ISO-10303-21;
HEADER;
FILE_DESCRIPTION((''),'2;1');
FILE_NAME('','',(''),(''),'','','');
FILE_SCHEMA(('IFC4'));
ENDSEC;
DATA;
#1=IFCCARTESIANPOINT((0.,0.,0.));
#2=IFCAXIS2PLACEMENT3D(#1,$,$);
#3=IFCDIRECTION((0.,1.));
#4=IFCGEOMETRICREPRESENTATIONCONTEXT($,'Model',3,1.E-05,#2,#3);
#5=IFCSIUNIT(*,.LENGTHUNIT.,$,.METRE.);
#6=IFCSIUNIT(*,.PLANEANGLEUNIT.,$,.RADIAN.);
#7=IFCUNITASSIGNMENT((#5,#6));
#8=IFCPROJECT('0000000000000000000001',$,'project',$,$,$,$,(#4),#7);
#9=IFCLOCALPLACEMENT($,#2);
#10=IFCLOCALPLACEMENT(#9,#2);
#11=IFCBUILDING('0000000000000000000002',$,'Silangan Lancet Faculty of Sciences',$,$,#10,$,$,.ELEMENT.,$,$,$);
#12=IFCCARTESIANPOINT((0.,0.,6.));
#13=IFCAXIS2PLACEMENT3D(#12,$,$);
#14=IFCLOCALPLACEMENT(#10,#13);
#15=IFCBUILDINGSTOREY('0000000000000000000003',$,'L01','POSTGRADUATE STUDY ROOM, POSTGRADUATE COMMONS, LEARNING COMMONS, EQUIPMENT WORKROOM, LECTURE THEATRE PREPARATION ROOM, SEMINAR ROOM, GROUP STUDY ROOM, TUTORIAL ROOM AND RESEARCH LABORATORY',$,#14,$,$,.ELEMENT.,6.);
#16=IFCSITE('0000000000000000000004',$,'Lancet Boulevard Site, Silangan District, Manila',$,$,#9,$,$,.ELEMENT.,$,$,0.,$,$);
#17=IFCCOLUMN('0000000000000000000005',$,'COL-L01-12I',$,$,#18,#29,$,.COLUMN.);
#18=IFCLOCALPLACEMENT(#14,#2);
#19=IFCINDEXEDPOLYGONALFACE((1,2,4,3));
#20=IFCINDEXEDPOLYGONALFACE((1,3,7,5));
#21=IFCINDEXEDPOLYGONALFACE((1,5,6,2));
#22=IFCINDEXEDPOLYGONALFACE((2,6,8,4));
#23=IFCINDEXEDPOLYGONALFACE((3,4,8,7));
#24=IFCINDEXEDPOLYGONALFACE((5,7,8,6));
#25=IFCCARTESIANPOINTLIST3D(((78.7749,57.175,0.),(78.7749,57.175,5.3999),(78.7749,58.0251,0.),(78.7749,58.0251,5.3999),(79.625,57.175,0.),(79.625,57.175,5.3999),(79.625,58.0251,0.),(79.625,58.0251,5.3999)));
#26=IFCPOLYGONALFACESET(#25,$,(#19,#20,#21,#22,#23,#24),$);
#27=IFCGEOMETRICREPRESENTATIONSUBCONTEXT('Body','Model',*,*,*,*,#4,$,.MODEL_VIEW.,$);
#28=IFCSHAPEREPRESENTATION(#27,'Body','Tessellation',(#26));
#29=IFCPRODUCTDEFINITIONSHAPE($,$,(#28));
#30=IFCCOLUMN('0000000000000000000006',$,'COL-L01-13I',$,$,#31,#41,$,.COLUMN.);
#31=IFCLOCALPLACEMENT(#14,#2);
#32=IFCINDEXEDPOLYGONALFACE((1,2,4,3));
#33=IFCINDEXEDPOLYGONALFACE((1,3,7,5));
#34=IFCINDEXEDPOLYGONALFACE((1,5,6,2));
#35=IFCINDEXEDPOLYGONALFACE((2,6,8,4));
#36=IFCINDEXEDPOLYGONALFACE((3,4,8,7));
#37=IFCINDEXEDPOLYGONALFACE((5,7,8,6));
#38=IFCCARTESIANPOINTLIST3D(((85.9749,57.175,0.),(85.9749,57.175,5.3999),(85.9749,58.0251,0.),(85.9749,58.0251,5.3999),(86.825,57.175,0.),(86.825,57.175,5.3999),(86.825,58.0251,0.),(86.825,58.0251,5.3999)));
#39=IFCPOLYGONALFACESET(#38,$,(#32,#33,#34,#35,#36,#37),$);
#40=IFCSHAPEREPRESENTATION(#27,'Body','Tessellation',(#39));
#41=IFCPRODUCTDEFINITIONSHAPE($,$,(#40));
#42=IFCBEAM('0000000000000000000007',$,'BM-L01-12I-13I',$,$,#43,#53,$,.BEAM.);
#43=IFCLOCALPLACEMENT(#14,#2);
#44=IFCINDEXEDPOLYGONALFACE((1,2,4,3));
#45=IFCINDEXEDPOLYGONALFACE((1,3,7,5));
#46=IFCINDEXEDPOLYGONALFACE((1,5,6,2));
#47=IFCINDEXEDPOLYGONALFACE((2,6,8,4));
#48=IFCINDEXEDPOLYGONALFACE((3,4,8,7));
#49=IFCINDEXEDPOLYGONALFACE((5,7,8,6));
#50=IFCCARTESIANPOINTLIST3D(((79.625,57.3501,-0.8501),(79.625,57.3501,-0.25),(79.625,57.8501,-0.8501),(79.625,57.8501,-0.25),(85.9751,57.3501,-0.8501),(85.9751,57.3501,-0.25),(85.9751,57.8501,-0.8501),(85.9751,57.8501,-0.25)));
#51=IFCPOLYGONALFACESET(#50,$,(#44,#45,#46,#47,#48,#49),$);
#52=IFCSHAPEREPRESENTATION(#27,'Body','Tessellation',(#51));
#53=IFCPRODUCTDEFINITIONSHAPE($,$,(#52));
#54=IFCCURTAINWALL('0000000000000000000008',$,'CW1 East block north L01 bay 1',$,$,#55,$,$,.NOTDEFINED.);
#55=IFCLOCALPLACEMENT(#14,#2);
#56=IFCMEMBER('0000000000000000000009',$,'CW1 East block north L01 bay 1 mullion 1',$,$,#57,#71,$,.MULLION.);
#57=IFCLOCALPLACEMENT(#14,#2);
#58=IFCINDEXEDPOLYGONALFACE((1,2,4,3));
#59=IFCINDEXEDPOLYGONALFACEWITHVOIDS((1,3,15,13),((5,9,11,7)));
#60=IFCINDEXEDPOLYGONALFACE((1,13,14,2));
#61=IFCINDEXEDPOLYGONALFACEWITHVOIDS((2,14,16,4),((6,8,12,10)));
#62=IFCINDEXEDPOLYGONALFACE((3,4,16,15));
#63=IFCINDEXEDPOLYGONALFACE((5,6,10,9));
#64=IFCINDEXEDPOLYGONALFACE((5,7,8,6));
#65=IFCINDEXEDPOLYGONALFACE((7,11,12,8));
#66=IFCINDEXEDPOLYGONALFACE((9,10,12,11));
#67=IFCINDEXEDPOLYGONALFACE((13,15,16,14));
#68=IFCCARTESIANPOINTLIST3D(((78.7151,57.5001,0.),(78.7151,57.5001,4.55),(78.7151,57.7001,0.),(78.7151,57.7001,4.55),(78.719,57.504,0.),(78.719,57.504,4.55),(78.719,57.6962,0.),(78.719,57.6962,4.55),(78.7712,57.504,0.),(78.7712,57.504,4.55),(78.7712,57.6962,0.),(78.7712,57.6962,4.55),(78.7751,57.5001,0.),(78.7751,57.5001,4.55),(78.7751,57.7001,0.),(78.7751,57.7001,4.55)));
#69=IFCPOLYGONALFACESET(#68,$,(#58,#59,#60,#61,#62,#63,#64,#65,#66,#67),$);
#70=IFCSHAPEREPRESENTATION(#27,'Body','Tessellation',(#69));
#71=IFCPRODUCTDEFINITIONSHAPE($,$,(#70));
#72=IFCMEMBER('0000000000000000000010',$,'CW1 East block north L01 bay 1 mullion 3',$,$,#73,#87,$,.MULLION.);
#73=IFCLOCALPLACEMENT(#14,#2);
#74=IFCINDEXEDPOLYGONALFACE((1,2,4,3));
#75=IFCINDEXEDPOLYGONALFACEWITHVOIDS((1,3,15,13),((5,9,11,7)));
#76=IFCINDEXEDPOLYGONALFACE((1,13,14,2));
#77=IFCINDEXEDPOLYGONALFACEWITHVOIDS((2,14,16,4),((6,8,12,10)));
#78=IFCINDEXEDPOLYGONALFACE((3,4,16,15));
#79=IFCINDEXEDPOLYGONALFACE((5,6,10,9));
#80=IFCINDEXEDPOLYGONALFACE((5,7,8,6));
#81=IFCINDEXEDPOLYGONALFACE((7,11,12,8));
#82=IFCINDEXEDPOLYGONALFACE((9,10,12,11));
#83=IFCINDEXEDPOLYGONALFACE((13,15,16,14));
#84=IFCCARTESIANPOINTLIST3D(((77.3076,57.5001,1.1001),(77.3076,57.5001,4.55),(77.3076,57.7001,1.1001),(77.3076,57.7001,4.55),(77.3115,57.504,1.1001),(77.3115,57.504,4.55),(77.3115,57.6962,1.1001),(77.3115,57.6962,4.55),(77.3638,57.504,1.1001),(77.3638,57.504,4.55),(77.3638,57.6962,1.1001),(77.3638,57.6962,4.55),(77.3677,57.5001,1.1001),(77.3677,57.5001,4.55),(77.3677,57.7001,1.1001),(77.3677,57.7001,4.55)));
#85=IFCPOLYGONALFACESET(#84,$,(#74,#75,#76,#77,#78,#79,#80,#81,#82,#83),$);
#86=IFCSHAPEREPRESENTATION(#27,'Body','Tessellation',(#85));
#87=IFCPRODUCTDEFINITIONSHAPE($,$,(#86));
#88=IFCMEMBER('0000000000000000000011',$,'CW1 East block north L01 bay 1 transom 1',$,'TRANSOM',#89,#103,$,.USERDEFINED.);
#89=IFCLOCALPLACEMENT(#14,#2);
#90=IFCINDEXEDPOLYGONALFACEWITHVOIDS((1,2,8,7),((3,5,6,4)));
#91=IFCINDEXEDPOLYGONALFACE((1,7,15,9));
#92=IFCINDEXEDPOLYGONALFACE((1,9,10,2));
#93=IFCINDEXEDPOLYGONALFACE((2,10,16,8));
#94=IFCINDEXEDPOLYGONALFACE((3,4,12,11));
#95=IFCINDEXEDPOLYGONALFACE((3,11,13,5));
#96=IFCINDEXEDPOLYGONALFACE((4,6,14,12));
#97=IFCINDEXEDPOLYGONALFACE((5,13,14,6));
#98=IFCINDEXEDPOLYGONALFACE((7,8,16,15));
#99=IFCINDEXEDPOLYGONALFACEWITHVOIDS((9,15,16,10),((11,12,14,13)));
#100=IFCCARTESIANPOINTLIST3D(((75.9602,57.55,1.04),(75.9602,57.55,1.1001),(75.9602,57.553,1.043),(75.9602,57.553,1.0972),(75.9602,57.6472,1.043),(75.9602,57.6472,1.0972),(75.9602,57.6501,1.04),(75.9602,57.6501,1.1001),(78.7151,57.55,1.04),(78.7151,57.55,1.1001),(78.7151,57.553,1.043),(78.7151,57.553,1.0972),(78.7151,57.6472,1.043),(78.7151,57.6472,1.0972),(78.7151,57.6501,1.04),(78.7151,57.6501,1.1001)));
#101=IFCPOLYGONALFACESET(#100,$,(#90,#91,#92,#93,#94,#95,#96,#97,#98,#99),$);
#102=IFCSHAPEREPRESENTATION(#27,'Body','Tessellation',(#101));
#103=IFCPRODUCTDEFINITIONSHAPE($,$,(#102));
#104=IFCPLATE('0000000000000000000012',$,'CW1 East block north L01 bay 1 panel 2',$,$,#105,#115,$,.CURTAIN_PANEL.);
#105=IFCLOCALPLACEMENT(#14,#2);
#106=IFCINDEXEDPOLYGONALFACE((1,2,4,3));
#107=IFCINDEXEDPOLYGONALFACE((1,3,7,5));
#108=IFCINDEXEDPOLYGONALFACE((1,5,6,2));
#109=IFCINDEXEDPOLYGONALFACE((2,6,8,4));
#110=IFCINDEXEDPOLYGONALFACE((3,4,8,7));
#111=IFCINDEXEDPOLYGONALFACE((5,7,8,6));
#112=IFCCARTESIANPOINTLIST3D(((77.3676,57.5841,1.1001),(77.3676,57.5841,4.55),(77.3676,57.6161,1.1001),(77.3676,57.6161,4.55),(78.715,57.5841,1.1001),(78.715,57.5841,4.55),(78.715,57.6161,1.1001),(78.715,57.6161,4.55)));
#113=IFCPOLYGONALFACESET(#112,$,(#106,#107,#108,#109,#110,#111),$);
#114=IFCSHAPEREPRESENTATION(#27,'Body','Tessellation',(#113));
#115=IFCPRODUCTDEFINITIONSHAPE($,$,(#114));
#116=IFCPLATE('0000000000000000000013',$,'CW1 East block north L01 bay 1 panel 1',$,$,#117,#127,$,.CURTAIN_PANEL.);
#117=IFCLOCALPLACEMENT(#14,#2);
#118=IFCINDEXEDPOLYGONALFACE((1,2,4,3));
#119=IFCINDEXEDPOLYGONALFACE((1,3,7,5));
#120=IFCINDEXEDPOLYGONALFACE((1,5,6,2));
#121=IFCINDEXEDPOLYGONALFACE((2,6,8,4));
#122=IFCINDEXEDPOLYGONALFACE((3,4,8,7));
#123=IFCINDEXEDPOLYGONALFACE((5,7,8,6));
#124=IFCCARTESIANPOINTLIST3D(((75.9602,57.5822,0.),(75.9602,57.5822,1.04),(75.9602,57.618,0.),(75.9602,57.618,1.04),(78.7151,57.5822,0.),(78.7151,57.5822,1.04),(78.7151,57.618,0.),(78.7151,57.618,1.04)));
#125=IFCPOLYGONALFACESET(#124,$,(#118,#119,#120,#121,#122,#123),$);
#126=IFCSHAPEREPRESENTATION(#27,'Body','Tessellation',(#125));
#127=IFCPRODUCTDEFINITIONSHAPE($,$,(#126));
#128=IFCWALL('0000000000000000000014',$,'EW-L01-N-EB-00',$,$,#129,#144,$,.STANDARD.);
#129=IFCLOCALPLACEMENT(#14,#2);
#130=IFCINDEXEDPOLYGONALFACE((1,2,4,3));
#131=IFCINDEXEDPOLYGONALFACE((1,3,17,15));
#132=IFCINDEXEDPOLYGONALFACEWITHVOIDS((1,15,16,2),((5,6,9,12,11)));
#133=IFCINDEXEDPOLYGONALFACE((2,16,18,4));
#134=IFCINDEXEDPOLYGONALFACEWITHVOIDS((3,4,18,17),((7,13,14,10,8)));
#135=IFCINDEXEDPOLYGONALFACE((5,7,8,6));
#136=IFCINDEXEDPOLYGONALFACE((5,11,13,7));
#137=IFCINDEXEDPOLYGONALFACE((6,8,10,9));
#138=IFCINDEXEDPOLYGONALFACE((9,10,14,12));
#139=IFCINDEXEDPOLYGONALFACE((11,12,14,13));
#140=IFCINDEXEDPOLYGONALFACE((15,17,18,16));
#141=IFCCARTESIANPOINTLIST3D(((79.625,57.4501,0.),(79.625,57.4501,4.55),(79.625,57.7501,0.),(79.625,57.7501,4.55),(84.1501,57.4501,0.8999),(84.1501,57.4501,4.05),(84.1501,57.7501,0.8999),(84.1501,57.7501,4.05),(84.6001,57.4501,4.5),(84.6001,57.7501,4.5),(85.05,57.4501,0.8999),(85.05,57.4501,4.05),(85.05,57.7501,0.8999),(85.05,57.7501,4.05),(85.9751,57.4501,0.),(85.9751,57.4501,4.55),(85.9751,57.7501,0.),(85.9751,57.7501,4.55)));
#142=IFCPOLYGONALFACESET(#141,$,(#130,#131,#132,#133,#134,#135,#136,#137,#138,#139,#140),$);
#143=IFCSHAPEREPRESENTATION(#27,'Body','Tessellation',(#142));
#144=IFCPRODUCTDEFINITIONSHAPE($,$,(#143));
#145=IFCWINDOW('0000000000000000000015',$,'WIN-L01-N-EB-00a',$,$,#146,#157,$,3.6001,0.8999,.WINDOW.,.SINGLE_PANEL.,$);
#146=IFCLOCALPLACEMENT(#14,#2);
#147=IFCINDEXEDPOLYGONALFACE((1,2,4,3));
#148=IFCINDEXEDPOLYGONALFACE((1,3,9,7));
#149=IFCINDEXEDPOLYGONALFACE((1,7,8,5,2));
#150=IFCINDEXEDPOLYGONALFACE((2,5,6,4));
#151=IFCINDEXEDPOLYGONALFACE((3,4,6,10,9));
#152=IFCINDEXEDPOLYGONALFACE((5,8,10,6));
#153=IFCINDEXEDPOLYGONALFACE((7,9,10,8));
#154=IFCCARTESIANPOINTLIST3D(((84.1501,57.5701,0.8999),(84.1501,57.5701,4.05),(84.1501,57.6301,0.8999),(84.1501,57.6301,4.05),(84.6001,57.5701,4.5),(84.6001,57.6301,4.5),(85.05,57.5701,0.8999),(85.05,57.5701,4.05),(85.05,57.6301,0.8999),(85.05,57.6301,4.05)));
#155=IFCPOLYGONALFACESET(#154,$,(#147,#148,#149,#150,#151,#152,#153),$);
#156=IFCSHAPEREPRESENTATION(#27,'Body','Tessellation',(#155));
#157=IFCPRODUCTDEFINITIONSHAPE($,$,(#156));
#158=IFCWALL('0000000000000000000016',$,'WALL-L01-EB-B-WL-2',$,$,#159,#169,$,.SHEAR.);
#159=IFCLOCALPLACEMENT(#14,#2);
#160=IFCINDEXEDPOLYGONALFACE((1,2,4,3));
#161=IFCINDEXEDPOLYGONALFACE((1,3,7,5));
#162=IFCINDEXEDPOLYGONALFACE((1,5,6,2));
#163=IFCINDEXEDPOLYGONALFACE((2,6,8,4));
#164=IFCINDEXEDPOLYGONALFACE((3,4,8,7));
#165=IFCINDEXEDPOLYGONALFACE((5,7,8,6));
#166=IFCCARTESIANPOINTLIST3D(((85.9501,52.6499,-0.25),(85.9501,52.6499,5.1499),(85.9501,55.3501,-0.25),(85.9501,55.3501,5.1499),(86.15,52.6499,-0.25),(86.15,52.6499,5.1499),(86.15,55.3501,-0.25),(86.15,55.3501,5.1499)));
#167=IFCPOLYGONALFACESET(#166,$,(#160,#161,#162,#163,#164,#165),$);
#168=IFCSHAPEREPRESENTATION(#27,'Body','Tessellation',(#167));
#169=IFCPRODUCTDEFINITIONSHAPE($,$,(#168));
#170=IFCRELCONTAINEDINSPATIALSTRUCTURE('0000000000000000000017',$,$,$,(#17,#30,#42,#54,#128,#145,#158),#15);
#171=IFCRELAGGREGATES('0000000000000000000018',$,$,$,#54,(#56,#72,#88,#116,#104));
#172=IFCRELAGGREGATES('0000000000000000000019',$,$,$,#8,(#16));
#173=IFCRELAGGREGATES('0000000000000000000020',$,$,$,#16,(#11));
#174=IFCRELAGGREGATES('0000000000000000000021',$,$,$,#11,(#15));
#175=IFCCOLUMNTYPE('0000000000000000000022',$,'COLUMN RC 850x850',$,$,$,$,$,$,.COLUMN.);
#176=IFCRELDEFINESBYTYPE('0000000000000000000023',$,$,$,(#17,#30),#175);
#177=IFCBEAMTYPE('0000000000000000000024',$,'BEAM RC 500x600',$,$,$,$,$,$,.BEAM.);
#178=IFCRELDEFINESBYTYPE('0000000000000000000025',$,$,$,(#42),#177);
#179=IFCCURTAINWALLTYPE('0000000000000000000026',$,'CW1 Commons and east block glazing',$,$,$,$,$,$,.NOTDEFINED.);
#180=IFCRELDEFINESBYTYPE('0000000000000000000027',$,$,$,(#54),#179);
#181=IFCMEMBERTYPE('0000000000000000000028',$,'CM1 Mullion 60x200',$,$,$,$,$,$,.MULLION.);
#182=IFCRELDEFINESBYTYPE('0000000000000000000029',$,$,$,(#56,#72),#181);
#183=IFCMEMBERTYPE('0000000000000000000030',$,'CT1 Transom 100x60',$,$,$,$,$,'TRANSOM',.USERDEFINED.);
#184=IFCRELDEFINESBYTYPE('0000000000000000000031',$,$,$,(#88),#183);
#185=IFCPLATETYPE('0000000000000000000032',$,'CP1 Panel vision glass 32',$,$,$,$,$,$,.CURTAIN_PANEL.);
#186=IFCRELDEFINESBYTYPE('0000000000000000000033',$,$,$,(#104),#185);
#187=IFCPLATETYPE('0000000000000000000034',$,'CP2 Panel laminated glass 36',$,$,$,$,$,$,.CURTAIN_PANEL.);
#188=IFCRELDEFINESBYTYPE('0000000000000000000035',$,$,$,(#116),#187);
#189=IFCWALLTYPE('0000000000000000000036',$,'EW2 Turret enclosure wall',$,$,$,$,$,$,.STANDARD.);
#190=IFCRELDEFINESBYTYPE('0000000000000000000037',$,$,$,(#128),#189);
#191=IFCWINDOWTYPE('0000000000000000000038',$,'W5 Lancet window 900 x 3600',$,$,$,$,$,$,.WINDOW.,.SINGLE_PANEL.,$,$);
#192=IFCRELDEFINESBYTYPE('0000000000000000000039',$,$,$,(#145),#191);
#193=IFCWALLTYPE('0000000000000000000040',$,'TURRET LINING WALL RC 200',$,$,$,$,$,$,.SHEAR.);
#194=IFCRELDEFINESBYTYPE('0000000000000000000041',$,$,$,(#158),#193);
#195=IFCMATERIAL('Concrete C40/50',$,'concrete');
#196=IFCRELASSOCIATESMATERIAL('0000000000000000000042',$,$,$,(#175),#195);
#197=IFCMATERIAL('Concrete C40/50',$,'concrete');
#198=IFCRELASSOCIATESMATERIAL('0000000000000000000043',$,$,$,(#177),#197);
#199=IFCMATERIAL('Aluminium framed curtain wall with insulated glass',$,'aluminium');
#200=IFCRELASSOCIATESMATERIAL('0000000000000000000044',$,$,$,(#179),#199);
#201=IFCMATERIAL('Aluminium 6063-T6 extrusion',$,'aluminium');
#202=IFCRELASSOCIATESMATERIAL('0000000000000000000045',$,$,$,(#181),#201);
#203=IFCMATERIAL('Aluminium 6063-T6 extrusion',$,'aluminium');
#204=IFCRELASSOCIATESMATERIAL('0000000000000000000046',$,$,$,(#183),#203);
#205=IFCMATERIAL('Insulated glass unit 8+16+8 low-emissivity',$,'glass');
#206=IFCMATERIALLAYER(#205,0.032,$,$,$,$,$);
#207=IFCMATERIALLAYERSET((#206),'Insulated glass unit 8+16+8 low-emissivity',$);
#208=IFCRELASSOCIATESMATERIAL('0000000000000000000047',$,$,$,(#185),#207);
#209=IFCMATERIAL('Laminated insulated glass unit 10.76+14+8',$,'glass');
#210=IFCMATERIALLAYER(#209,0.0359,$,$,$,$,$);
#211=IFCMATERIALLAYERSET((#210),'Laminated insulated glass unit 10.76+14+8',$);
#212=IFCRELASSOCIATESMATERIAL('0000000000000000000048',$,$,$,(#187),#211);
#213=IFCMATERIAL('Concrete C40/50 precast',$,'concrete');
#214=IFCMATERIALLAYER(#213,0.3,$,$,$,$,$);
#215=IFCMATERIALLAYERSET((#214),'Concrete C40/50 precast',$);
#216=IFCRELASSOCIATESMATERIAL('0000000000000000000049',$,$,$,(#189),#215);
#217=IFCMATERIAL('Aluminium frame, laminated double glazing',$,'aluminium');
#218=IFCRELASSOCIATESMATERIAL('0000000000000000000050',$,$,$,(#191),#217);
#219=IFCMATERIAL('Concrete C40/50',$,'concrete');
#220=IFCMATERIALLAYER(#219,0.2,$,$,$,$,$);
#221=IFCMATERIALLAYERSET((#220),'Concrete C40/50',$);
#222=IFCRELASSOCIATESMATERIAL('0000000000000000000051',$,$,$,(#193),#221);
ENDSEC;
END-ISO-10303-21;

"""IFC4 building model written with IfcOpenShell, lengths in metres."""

from ifc_helpers import new_model, si_unit, direction, frame, frame_2d, origin, origin_2d, place, context, subcontext, project, spatial, polyline, rectangle, hollow_rectangle, outline, extrude, material, layer, layer_set, material_profile, profile_set, type_object, element, fill, aggregate, save


model = new_model("IFC4")

# Units and contexts
model_context = context("Model", 3, precision=1e-05, world=origin(), true_north=direction((0.0, 1.0)))
body_context = subcontext(model_context, "Body", "Model", "MODEL_VIEW")
ifc_project = project(units=[si_unit("LENGTHUNIT", "METRE"), si_unit("PLANEANGLEUNIT", "RADIAN")], contexts=[model_context])

# Site, building, storey
site_placement = place(None, origin())
site = spatial("IfcSite", under=ifc_project, at=site_placement, Name="Lancet Boulevard Site, Silangan District, Manila", CompositionType="ELEMENT", RefElevation=0.0)
building_placement = place(site_placement, origin())
building = spatial("IfcBuilding", under=site, at=building_placement, Name="Silangan Lancet Faculty of Sciences", CompositionType="ELEMENT")
storey_placement = place(building_placement, frame((0.0, 0.0, 6.0)))
storey = spatial("IfcBuildingStorey", under=building, at=storey_placement, Name="L01", Description="POSTGRADUATE STUDY ROOM, POSTGRADUATE COMMONS, LEARNING COMMONS, EQUIPMENT WORKROOM, LECTURE THEATRE PREPARATION ROOM, SEMINAR ROOM, GROUP STUDY ROOM, TUTORIAL ROOM AND RESEARCH LABORATORY", CompositionType="ELEMENT", Elevation=6.0)

# Columns
ifc_material_1 = material(Name="Concrete C40/50", Category="concrete")
ifc_material_profile_1 = material_profile(ifc_material_1, rectangle(XDim=0.8501, YDim=0.8501, at=origin_2d()), Name="RC 850x850")
ifc_profile_set_1 = profile_set([ifc_material_profile_1], Name="Concrete C40/50")
column_type = type_object("IfcColumnType", Name="COLUMN RC 850x850", PredefinedType="COLUMN", material=ifc_profile_set_1)
for number, where, z_axis, x_axis, name in (
    (1, (79.2, 57.6001, 0.0), (0.0, 0.0, 1.0), (1.0, 0.0, 0.0), "COL-L01-12I"),
    (2, (86.3999, 57.6001, 0.0), (0.0, 0.0, 1.0), (1.0, 0.0, 0.0), "COL-L01-13I"),
):
    element("IfcColumn", number, at=place(storey_placement, frame(where, z_axis=z_axis, x_axis=x_axis)), inside=storey, type_object=column_type, Name=name, PredefinedType="COLUMN", context=body_context, shape_type="SweptSolid", body=[
        extrude(rectangle(XDim=0.8501, YDim=0.8501, at=origin_2d()), origin(), (0.0, 0.0, 1.0), 5.3999),
    ])

# Beam
ifc_material_2 = material(Name="Concrete C40/50", Category="concrete")
ifc_material_profile_2 = material_profile(ifc_material_2, rectangle(XDim=0.5, YDim=0.6001, at=origin_2d()), Name="RC 500x600")
ifc_profile_set_2 = profile_set([ifc_material_profile_2], Name="Concrete C40/50")
beam_type = type_object("IfcBeamType", Name="BEAM RC 500x600", PredefinedType="BEAM", material=ifc_profile_set_2)
beam_placement = place(storey_placement, frame((79.625, 57.6001, -0.55), z_axis=(1.0, 0.0, 0.0), x_axis=(0.0, 1.0, 0.0)))
element("IfcBeam", 3, at=beam_placement, inside=storey, type_object=beam_type, Name="BM-L01-12I-13I", PredefinedType="BEAM", context=body_context, shape_type="SweptSolid", body=[
    extrude(rectangle(XDim=0.5, YDim=0.6001, at=origin_2d()), origin(), (0.0, 0.0, 1.0), 6.3501),
])

# Curtain wall, members, plates
ifc_material_3 = material(Name="Aluminium framed curtain wall with insulated glass", Category="aluminium")
curtain_wall_type = type_object("IfcCurtainWallType", Name="CW1 Commons and east block glazing", PredefinedType="NOTDEFINED", material=ifc_material_3)
curtain_wall_placement = place(storey_placement, origin())
curtain_wall = element("IfcCurtainWall", 4, at=curtain_wall_placement, inside=storey, type_object=curtain_wall_type, Name="CW1 East block north L01 bay 1", PredefinedType="NOTDEFINED")
ifc_material_4 = material(Name="Aluminium 6063-T6 extrusion", Category="aluminium")
ifc_material_profile_3 = material_profile(ifc_material_4, hollow_rectangle(XDim=0.0601, YDim=0.2, WallThickness=0.0039, at=origin_2d()), Name="AL BOX 60x200x4")
ifc_profile_set_3 = profile_set([ifc_material_profile_3], Name="Aluminium 6063-T6 extrusion")
member_type_1 = type_object("IfcMemberType", Name="CM1 Mullion 60x200", PredefinedType="MULLION", material=ifc_profile_set_3)
member_1_placement = place(storey_placement, frame((78.7451, 57.6001, 0.0), z_axis=(0.0, 0.0, 1.0), x_axis=(-1.0, 0.0, 0.0)))
member_1 = element("IfcMember", 5, at=member_1_placement, type_object=member_type_1, Name="CW1 East block north L01 bay 1 mullion 1", PredefinedType="MULLION", context=body_context, shape_type="SweptSolid", body=[
    extrude(hollow_rectangle(XDim=0.0601, YDim=0.2, WallThickness=0.0039, at=origin_2d()), origin(), (0.0, 0.0, 1.0), 4.55),
])
member_2_placement = place(storey_placement, frame((77.3376, 57.6001, 1.1001), z_axis=(0.0, 0.0, 1.0), x_axis=(-1.0, 0.0, 0.0)))
member_2 = element("IfcMember", 6, at=member_2_placement, type_object=member_type_1, Name="CW1 East block north L01 bay 1 mullion 3", PredefinedType="MULLION", context=body_context, shape_type="SweptSolid", body=[
    extrude(hollow_rectangle(XDim=0.0601, YDim=0.2, WallThickness=0.0039, at=origin_2d()), origin(), (0.0, 0.0, 1.0), 3.45),
])
ifc_material_5 = material(Name="Aluminium 6063-T6 extrusion", Category="aluminium")
ifc_material_profile_4 = material_profile(ifc_material_5, hollow_rectangle(XDim=0.1001, YDim=0.0601, WallThickness=0.0029, at=origin_2d()), Name="AL BOX 100x60x3")
ifc_profile_set_4 = profile_set([ifc_material_profile_4], Name="Aluminium 6063-T6 extrusion")
member_type_2 = type_object("IfcMemberType", Name="CT1 Transom 100x60", ElementType="TRANSOM", PredefinedType="USERDEFINED", material=ifc_profile_set_4)
member_3_placement = place(storey_placement, frame((78.7151, 57.6001, 1.0701), z_axis=(-1.0, 0.0, 0.0), x_axis=(0.0, -1.0, 0.0)))
member_3 = element("IfcMember", 7, at=member_3_placement, type_object=member_type_2, Name="CW1 East block north L01 bay 1 transom 1", ObjectType="TRANSOM", PredefinedType="USERDEFINED", context=body_context, shape_type="SweptSolid", body=[
    extrude(hollow_rectangle(XDim=0.1001, YDim=0.0601, WallThickness=0.0029, at=origin_2d()), origin(), (0.0, 0.0, 1.0), 2.7549),
])
ifc_material_6 = material(Name="Insulated glass unit 8+16+8 low-emissivity", Category="glass")
ifc_layer_1 = layer(ifc_material_6, 0.032)
ifc_layer_set_1 = layer_set([ifc_layer_1], Name="Insulated glass unit 8+16+8 low-emissivity")
plate_type_1 = type_object("IfcPlateType", Name="CP1 Panel vision glass 32", PredefinedType="CURTAIN_PANEL", material=ifc_layer_set_1)
plate_1_placement = place(storey_placement, frame((78.0413, 57.6001, 1.1001), z_axis=(0.0, 0.0, 1.0), x_axis=(-1.0, 0.0, 0.0)))
plate_1 = element("IfcPlate", 8, at=plate_1_placement, type_object=plate_type_1, Name="CW1 East block north L01 bay 1 panel 2", PredefinedType="CURTAIN_PANEL", context=body_context, shape_type="SweptSolid", body=[
    extrude(rectangle(XDim=1.3474, YDim=0.032, at=origin_2d()), origin(), (0.0, 0.0, 1.0), 3.45),
])
ifc_material_7 = material(Name="Laminated insulated glass unit 10.76+14+8", Category="glass")
ifc_layer_2 = layer(ifc_material_7, 0.0359)
ifc_layer_set_2 = layer_set([ifc_layer_2], Name="Laminated insulated glass unit 10.76+14+8")
plate_type_2 = type_object("IfcPlateType", Name="CP2 Panel laminated glass 36", PredefinedType="CURTAIN_PANEL", material=ifc_layer_set_2)
plate_2_placement = place(storey_placement, frame((77.3376, 57.6001, 0.0), z_axis=(0.0, 0.0, 1.0), x_axis=(-1.0, 0.0, 0.0)))
plate_2 = element("IfcPlate", 9, at=plate_2_placement, type_object=plate_type_2, Name="CW1 East block north L01 bay 1 panel 1", PredefinedType="CURTAIN_PANEL", context=body_context, shape_type="SweptSolid", body=[
    extrude(rectangle(XDim=2.7549, YDim=0.0359, at=origin_2d()), origin(), (0.0, 0.0, 1.0), 1.04),
])
aggregate(curtain_wall, [member_1, member_2, member_3, plate_2, plate_1])

# Wall, opening, window
ifc_material_8 = material(Name="Concrete C40/50 precast", Category="concrete")
ifc_layer_3 = layer(ifc_material_8, 0.3)
ifc_layer_set_3 = layer_set([ifc_layer_3], Name="Concrete C40/50 precast")
wall_type_1 = type_object("IfcWallType", Name="EW2 Turret enclosure wall", PredefinedType="STANDARD", material=ifc_layer_set_3)
wall_1_placement = place(storey_placement, frame((85.9751, 57.6001, 0.0), z_axis=(0.0, 0.0, 1.0), x_axis=(-1.0, 0.0, 0.0)))
wall_1 = element("IfcWall", 10, at=wall_1_placement, inside=storey, type_object=wall_type_1, Name="EW-L01-N-EB-00", PredefinedType="STANDARD", context=body_context, shape_type="SweptSolid", body=[
    extrude(rectangle(XDim=6.3501, YDim=0.3, at=frame_2d((3.175, 0.0))), origin(), (0.0, 0.0, 1.0), 4.55),
])
opening_1_placement = place(wall_1_placement, frame((0.925, 0.0, 0.8999)))
opening_1 = element("IfcOpeningElement", 11, at=opening_1_placement, cuts=wall_1, PredefinedType="OPENING", context=body_context, shape_type="SweptSolid", body=[
    extrude(outline(polyline([(0.0, 0.0), (0.8999, 0.0), (0.8999, 3.1501), (0.45, 3.6001), (0.0, 3.1501), (0.0, 0.0)])), frame((0.0, 0.1599, 0.0), z_axis=(0.0, -1.0, 0.0), x_axis=(1.0, 0.0, 0.0)), (0.0, 0.0, 1.0), 0.3201),
])
ifc_material_9 = material(Name="Aluminium frame, laminated double glazing", Category="aluminium")
window_type = type_object("IfcWindowType", Name="W5 Lancet window 900 x 3600", PartitioningType="SINGLE_PANEL", PredefinedType="WINDOW", material=ifc_material_9)
window_placement = place(opening_1_placement, origin())
window = element("IfcWindow", 12, at=window_placement, inside=storey, type_object=window_type, Name="WIN-L01-N-EB-00a", OverallHeight=3.6001, OverallWidth=0.8999, PartitioningType="SINGLE_PANEL", PredefinedType="WINDOW", context=body_context, shape_type="SweptSolid", body=[
    extrude(outline(polyline([(0.0, 0.0), (0.8999, 0.0), (0.8999, 3.1501), (0.45, 3.6001), (0.0, 3.1501), (0.0, 0.0)])), frame((0.0, 0.03, 0.0), z_axis=(0.0, -1.0, 0.0), x_axis=(1.0, 0.0, 0.0)), (0.0, 0.0, 1.0), 0.0601),
])
fill(opening_1, window)

# Wall
ifc_material_10 = material(Name="Concrete C40/50", Category="concrete")
ifc_layer_4 = layer(ifc_material_10, 0.2)
ifc_layer_set_4 = layer_set([ifc_layer_4], Name="Concrete C40/50")
wall_type_2 = type_object("IfcWallType", Name="TURRET LINING WALL RC 200", PredefinedType="SHEAR", material=ifc_layer_set_4)
wall_2_placement = place(storey_placement, frame((86.05, 52.6499, -0.25), z_axis=(0.0, 0.0, 1.0), x_axis=(0.0, 1.0, 0.0)))
element("IfcWall", 13, at=wall_2_placement, inside=storey, type_object=wall_type_2, Name="WALL-L01-EB-B-WL-2", PredefinedType="SHEAR", context=body_context, shape_type="SweptSolid", body=[
    extrude(rectangle(XDim=2.7002, YDim=0.2, at=frame_2d((1.3501, 0.0))), origin(), (0.0, 0.0, 1.0), 5.3999),
])

save(model, "model.ifc")
